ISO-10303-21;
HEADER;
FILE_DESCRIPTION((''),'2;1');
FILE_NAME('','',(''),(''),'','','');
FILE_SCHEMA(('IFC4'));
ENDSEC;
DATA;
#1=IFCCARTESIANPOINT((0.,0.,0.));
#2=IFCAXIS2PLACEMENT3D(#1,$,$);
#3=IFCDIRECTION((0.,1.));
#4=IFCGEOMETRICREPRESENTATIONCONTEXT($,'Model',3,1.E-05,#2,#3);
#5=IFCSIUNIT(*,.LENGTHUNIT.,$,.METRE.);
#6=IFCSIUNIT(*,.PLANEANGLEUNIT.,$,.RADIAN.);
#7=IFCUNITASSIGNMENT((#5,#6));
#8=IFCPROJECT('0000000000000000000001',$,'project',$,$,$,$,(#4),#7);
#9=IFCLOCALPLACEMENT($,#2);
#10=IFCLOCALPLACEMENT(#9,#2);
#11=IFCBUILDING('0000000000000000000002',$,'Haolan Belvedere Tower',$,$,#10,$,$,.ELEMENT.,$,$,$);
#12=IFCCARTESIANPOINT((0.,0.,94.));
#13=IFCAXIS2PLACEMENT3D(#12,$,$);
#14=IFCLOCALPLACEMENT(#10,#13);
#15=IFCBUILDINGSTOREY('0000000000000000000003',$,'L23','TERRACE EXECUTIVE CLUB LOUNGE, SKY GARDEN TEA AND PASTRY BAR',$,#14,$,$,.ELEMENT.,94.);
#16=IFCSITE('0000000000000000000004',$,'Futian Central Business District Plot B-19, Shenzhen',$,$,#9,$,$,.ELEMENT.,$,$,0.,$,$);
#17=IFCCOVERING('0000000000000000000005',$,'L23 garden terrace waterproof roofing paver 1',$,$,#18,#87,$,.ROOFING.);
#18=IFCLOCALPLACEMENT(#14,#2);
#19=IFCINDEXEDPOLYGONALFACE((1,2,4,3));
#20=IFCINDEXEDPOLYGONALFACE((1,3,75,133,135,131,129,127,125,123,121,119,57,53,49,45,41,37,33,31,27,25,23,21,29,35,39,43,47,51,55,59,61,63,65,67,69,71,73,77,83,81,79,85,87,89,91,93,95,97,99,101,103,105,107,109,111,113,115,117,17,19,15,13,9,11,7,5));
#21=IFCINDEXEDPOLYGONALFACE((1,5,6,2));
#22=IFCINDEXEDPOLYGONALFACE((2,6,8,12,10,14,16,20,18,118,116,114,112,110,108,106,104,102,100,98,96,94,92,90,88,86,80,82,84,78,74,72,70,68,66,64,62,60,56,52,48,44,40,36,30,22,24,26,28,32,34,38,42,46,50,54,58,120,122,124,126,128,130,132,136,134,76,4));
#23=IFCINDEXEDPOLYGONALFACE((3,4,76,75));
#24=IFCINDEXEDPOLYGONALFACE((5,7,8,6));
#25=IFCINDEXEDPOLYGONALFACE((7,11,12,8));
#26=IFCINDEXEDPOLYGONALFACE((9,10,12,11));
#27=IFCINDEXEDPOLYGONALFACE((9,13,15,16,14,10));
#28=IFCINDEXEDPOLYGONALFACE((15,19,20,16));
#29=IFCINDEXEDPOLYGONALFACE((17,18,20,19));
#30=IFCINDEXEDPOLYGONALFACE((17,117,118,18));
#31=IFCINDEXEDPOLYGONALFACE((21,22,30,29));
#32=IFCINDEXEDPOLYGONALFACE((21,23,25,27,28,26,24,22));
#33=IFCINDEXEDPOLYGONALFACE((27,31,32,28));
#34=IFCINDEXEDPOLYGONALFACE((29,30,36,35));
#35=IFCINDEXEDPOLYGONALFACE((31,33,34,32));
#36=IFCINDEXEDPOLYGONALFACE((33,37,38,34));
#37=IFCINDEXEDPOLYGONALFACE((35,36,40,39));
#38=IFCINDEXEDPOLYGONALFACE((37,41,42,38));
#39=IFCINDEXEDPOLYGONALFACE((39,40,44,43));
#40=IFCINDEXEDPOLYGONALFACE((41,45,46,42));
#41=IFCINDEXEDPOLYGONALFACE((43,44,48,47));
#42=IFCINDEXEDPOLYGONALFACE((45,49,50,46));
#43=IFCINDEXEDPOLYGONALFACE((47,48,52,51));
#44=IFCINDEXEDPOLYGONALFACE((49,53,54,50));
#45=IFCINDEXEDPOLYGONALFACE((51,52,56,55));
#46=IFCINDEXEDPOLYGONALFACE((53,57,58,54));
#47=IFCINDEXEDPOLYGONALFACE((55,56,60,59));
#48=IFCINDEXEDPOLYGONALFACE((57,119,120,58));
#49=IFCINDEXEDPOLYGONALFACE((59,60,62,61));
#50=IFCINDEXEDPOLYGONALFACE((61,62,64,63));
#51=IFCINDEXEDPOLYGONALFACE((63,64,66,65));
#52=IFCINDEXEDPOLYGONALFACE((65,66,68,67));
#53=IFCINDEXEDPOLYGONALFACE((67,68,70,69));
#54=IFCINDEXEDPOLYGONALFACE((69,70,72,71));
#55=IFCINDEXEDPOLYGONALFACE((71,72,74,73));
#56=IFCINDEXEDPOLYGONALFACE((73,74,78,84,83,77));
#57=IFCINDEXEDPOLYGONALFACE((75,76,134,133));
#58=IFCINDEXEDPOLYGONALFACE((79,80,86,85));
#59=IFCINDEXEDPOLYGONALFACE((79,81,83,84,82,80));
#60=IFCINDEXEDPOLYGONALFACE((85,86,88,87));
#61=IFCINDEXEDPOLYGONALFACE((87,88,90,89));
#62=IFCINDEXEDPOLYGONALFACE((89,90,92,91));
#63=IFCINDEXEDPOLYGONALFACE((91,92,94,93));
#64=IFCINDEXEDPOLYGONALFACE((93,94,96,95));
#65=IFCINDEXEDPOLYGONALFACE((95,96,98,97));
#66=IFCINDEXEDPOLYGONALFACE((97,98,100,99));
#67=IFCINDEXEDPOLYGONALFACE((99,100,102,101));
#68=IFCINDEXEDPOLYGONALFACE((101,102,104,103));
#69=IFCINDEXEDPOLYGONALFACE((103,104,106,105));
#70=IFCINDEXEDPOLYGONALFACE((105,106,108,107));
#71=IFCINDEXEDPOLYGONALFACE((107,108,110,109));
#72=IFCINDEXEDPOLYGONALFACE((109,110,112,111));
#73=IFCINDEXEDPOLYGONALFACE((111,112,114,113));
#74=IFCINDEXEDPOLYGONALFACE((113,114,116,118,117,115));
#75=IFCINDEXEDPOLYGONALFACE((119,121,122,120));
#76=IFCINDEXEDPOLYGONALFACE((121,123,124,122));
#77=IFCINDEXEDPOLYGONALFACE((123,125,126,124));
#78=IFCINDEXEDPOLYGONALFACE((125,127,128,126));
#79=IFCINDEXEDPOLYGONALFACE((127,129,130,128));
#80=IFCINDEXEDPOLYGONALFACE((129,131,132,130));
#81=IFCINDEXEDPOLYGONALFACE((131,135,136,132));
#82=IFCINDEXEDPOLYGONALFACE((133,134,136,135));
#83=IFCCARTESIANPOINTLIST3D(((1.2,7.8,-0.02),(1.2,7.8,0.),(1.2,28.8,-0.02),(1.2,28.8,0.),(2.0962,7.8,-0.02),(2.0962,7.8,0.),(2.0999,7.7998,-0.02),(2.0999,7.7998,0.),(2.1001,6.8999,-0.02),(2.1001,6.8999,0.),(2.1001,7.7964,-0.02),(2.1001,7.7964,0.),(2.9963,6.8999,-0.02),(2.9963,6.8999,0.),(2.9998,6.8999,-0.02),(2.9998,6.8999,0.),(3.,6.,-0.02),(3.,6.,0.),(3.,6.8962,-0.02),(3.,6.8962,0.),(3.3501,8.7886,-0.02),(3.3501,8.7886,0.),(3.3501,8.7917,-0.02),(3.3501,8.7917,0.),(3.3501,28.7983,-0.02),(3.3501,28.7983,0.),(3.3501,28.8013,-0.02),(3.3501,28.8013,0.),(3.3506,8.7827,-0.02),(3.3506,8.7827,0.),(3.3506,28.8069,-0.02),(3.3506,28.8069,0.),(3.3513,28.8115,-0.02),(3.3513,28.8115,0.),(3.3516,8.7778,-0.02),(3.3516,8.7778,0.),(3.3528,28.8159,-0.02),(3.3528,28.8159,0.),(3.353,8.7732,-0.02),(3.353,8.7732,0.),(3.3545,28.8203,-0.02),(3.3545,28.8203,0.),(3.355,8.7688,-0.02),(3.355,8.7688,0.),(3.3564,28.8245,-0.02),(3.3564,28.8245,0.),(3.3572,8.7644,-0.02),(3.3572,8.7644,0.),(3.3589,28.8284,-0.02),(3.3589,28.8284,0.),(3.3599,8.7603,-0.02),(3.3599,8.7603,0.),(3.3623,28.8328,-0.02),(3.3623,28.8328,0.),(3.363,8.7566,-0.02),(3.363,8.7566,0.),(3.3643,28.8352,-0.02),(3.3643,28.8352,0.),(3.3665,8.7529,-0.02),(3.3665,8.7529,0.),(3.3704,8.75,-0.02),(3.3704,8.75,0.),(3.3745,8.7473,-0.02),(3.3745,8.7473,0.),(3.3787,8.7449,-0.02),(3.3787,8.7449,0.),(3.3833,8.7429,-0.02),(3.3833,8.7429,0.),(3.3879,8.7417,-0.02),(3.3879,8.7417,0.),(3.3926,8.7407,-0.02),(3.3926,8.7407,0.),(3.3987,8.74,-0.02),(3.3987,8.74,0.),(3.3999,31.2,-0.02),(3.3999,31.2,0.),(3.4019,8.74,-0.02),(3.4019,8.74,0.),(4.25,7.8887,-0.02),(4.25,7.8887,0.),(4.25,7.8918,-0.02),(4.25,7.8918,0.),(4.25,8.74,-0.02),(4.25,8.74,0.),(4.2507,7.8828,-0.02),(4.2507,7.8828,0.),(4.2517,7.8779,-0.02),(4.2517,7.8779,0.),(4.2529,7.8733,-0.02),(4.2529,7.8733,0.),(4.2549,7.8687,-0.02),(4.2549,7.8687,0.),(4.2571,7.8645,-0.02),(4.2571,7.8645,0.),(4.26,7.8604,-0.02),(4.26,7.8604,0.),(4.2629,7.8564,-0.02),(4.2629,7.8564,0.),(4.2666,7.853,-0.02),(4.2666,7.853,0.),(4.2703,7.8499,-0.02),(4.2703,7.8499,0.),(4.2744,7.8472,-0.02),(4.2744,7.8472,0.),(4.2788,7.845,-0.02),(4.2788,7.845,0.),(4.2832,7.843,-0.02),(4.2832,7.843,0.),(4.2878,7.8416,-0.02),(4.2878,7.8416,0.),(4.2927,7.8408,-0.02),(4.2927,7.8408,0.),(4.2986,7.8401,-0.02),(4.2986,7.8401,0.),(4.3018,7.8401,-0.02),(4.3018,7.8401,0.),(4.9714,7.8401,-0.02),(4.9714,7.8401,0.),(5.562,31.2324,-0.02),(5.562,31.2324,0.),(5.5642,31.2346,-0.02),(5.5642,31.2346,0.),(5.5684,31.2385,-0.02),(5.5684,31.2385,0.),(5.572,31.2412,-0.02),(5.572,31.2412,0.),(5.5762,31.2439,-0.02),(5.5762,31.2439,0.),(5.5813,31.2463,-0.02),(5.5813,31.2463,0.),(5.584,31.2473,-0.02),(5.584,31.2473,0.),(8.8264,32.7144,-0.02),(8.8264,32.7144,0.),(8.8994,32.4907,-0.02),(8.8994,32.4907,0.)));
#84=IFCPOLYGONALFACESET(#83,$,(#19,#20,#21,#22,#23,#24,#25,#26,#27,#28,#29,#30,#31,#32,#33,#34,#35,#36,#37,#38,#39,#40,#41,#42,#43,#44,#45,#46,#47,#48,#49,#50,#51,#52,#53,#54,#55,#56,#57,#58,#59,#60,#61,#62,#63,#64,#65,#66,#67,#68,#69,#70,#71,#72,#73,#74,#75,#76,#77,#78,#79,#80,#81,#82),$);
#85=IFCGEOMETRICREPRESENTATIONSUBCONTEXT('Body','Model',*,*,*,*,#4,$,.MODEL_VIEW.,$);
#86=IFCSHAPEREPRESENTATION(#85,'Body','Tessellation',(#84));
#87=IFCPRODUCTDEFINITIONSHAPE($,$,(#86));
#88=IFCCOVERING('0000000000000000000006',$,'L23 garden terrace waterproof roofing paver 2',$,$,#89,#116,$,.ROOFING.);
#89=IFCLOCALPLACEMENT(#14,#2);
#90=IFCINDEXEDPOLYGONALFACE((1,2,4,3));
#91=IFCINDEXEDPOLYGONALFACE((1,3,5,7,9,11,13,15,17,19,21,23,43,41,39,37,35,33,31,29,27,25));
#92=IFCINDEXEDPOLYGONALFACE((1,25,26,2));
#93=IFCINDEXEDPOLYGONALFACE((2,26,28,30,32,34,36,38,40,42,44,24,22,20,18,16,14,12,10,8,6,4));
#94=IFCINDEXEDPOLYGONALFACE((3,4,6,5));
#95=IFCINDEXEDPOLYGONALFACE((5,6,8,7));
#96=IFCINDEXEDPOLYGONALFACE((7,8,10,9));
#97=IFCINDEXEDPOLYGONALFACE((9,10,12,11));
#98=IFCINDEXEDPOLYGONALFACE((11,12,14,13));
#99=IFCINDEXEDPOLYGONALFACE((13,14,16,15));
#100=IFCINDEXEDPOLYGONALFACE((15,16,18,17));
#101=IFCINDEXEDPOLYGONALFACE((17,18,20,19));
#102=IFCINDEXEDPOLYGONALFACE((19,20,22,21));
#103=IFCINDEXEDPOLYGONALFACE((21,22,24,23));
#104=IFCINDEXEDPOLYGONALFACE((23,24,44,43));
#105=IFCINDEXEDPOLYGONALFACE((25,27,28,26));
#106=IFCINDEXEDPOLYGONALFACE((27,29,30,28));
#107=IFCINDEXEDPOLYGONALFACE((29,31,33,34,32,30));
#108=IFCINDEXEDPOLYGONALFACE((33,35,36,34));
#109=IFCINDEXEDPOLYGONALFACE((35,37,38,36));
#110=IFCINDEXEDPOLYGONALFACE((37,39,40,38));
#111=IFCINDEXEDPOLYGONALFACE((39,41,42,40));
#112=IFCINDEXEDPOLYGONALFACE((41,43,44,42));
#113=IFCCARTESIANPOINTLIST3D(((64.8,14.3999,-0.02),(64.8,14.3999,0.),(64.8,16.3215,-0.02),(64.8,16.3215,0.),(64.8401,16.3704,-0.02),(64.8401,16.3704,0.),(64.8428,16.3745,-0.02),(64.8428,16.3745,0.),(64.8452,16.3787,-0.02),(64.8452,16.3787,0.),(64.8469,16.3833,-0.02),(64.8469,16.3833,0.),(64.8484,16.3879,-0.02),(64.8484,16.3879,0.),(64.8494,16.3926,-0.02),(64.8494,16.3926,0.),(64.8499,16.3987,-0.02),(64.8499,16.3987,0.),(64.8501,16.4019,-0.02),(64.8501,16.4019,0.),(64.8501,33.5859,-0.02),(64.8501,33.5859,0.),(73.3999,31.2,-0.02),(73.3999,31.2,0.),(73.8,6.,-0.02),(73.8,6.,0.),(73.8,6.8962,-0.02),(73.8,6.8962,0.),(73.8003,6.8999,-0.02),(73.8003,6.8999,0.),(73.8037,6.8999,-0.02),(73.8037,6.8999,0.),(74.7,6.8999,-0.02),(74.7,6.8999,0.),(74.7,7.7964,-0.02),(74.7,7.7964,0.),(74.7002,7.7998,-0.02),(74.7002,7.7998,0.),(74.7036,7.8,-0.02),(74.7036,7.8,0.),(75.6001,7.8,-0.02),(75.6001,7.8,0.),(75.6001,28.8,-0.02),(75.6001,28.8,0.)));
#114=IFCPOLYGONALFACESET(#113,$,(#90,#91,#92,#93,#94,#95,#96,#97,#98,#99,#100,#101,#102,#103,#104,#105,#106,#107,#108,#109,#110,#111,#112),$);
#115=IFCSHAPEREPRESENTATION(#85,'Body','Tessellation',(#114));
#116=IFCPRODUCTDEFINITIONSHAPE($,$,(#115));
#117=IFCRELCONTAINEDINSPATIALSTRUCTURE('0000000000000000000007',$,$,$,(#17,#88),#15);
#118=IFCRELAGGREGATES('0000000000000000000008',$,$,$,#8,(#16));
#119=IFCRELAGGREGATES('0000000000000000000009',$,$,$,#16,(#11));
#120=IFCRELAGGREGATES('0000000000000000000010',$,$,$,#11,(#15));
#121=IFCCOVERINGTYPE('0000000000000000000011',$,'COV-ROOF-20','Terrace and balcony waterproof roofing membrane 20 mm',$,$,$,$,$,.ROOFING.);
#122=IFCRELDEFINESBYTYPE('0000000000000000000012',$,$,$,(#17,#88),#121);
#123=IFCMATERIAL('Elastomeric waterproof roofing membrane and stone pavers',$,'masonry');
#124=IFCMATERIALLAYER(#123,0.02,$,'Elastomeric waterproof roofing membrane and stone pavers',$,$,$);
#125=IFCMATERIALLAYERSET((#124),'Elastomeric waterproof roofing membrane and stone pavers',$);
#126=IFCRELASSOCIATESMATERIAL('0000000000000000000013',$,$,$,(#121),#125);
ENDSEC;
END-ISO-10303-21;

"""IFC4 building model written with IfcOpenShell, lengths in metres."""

from ifc_helpers import new_model, si_unit, direction, frame, origin, place, context, subcontext, project, spatial, polyline, outline, extrude, material, layer, layer_set, type_object, element, save


model = new_model("IFC4")

# Units and contexts
model_context = context("Model", 3, precision=1e-05, world=origin(), true_north=direction((0.0, 1.0)))
body_context = subcontext(model_context, "Body", "Model", "MODEL_VIEW")
ifc_project = project(units=[si_unit("LENGTHUNIT", "METRE"), si_unit("PLANEANGLEUNIT", "RADIAN")], contexts=[model_context])

# Site, building, storey
site_placement = place(None, origin())
site = spatial("IfcSite", under=ifc_project, at=site_placement, Name="Futian Central Business District Plot B-19, Shenzhen", CompositionType="ELEMENT", RefElevation=0.0)
building_placement = place(site_placement, origin())
building = spatial("IfcBuilding", under=site, at=building_placement, Name="Haolan Belvedere Tower", CompositionType="ELEMENT")
storey_placement = place(building_placement, frame((0.0, 0.0, 94.0)))
storey = spatial("IfcBuildingStorey", under=building, at=storey_placement, Name="L23", Description="TERRACE EXECUTIVE CLUB LOUNGE, SKY GARDEN TEA AND PASTRY BAR", CompositionType="ELEMENT", Elevation=94.0)

# Coverings
ifc_material_1 = material(Name="Elastomeric waterproof roofing membrane and stone pavers", Category="masonry")
ifc_layer_1 = layer(ifc_material_1, 0.02, Name="Elastomeric waterproof roofing membrane and stone pavers")
ifc_layer_set_1 = layer_set([ifc_layer_1], Name="Elastomeric waterproof roofing membrane and stone pavers")
covering_type_1 = type_object("IfcCoveringType", Name="COV-ROOF-20", Description="Terrace and balcony waterproof roofing membrane 20 mm", PredefinedType="ROOFING", material=ifc_layer_set_1)
covering_1_placement = place(storey_placement, frame((0.0, 0.0, -0.02)))
element("IfcCovering", 1, at=covering_1_placement, inside=storey, type_object=covering_type_1, Name="L23 garden terrace waterproof roofing paver 1", PredefinedType="ROOFING", context=body_context, shape_type="SweptSolid", body=[
    extrude(outline(polyline([(2.1001, 7.7964), (2.1001, 6.8999), (2.9963, 6.8999), (2.9998, 6.8999), (3.0, 6.8962), (3.0, 6.0), (4.9714, 7.8401), (4.3018, 7.8401), (4.2986, 7.8401), (4.2927, 7.8408), (4.2878, 7.8416), (4.2832, 7.843), (4.2788, 7.845), (4.2744, 7.8472), (4.2703, 7.8499), (4.2666, 7.853), (4.2629, 7.8564), (4.26, 7.8604), (4.2571, 7.8645), (4.2549, 7.8687), (4.2529, 7.8733), (4.2517, 7.8779), (4.2507, 7.8828), (4.25, 7.8887), (4.25, 7.8918), (4.25, 8.74), (3.4019, 8.74), (3.3987, 8.74), (3.3926, 8.7407), (3.3879, 8.7417), (3.3833, 8.7429), (3.3787, 8.7449), (3.3745, 8.7473), (3.3704, 8.75), (3.3665, 8.7529), (3.363, 8.7566), (3.3599, 8.7603), (3.3572, 8.7644), (3.355, 8.7688), (3.353, 8.7732), (3.3516, 8.7778), (3.3506, 8.7827), (3.3501, 8.7886), (3.3501, 8.7917), (3.3501, 28.7983), (3.3501, 28.8013), (3.3506, 28.8069), (3.3513, 28.8115), (3.3528, 28.8159), (3.3545, 28.8203), (3.3564, 28.8245), (3.3589, 28.8284), (3.3623, 28.8328), (3.3643, 28.8352), (5.562, 31.2324), (5.5642, 31.2346), (5.5684, 31.2385), (5.572, 31.2412), (5.5762, 31.2439), (5.5813, 31.2463), (5.584, 31.2473), (8.8994, 32.4907), (8.8264, 32.7144), (3.3999, 31.2), (1.2, 28.8), (1.2, 7.8), (2.0962, 7.8), (2.0999, 7.7998), (2.1001, 7.7964)])), origin(), (0.0, 0.0, 1.0), 0.02),
])
covering_2_placement = place(storey_placement, frame((0.0, 0.0, -0.02)))
element("IfcCovering", 2, at=covering_2_placement, inside=storey, type_object=covering_type_1, Name="L23 garden terrace waterproof roofing paver 2", PredefinedType="ROOFING", context=body_context, shape_type="SweptSolid", body=[
    extrude(outline(polyline([(64.8, 14.3999), (73.8, 6.0), (73.8, 6.8962), (73.8003, 6.8999), (73.8037, 6.8999), (74.7, 6.8999), (74.7, 7.7964), (74.7002, 7.7998), (74.7036, 7.8), (75.6001, 7.8), (75.6001, 28.8), (73.3999, 31.2), (64.8501, 33.5859), (64.8501, 16.4019), (64.8499, 16.3987), (64.8494, 16.3926), (64.8484, 16.3879), (64.8469, 16.3833), (64.8452, 16.3787), (64.8428, 16.3745), (64.8401, 16.3704), (64.8, 16.3215), (64.8, 14.3999)])), origin(), (0.0, 0.0, 1.0), 0.02),
])

save(model, "model.ifc")
